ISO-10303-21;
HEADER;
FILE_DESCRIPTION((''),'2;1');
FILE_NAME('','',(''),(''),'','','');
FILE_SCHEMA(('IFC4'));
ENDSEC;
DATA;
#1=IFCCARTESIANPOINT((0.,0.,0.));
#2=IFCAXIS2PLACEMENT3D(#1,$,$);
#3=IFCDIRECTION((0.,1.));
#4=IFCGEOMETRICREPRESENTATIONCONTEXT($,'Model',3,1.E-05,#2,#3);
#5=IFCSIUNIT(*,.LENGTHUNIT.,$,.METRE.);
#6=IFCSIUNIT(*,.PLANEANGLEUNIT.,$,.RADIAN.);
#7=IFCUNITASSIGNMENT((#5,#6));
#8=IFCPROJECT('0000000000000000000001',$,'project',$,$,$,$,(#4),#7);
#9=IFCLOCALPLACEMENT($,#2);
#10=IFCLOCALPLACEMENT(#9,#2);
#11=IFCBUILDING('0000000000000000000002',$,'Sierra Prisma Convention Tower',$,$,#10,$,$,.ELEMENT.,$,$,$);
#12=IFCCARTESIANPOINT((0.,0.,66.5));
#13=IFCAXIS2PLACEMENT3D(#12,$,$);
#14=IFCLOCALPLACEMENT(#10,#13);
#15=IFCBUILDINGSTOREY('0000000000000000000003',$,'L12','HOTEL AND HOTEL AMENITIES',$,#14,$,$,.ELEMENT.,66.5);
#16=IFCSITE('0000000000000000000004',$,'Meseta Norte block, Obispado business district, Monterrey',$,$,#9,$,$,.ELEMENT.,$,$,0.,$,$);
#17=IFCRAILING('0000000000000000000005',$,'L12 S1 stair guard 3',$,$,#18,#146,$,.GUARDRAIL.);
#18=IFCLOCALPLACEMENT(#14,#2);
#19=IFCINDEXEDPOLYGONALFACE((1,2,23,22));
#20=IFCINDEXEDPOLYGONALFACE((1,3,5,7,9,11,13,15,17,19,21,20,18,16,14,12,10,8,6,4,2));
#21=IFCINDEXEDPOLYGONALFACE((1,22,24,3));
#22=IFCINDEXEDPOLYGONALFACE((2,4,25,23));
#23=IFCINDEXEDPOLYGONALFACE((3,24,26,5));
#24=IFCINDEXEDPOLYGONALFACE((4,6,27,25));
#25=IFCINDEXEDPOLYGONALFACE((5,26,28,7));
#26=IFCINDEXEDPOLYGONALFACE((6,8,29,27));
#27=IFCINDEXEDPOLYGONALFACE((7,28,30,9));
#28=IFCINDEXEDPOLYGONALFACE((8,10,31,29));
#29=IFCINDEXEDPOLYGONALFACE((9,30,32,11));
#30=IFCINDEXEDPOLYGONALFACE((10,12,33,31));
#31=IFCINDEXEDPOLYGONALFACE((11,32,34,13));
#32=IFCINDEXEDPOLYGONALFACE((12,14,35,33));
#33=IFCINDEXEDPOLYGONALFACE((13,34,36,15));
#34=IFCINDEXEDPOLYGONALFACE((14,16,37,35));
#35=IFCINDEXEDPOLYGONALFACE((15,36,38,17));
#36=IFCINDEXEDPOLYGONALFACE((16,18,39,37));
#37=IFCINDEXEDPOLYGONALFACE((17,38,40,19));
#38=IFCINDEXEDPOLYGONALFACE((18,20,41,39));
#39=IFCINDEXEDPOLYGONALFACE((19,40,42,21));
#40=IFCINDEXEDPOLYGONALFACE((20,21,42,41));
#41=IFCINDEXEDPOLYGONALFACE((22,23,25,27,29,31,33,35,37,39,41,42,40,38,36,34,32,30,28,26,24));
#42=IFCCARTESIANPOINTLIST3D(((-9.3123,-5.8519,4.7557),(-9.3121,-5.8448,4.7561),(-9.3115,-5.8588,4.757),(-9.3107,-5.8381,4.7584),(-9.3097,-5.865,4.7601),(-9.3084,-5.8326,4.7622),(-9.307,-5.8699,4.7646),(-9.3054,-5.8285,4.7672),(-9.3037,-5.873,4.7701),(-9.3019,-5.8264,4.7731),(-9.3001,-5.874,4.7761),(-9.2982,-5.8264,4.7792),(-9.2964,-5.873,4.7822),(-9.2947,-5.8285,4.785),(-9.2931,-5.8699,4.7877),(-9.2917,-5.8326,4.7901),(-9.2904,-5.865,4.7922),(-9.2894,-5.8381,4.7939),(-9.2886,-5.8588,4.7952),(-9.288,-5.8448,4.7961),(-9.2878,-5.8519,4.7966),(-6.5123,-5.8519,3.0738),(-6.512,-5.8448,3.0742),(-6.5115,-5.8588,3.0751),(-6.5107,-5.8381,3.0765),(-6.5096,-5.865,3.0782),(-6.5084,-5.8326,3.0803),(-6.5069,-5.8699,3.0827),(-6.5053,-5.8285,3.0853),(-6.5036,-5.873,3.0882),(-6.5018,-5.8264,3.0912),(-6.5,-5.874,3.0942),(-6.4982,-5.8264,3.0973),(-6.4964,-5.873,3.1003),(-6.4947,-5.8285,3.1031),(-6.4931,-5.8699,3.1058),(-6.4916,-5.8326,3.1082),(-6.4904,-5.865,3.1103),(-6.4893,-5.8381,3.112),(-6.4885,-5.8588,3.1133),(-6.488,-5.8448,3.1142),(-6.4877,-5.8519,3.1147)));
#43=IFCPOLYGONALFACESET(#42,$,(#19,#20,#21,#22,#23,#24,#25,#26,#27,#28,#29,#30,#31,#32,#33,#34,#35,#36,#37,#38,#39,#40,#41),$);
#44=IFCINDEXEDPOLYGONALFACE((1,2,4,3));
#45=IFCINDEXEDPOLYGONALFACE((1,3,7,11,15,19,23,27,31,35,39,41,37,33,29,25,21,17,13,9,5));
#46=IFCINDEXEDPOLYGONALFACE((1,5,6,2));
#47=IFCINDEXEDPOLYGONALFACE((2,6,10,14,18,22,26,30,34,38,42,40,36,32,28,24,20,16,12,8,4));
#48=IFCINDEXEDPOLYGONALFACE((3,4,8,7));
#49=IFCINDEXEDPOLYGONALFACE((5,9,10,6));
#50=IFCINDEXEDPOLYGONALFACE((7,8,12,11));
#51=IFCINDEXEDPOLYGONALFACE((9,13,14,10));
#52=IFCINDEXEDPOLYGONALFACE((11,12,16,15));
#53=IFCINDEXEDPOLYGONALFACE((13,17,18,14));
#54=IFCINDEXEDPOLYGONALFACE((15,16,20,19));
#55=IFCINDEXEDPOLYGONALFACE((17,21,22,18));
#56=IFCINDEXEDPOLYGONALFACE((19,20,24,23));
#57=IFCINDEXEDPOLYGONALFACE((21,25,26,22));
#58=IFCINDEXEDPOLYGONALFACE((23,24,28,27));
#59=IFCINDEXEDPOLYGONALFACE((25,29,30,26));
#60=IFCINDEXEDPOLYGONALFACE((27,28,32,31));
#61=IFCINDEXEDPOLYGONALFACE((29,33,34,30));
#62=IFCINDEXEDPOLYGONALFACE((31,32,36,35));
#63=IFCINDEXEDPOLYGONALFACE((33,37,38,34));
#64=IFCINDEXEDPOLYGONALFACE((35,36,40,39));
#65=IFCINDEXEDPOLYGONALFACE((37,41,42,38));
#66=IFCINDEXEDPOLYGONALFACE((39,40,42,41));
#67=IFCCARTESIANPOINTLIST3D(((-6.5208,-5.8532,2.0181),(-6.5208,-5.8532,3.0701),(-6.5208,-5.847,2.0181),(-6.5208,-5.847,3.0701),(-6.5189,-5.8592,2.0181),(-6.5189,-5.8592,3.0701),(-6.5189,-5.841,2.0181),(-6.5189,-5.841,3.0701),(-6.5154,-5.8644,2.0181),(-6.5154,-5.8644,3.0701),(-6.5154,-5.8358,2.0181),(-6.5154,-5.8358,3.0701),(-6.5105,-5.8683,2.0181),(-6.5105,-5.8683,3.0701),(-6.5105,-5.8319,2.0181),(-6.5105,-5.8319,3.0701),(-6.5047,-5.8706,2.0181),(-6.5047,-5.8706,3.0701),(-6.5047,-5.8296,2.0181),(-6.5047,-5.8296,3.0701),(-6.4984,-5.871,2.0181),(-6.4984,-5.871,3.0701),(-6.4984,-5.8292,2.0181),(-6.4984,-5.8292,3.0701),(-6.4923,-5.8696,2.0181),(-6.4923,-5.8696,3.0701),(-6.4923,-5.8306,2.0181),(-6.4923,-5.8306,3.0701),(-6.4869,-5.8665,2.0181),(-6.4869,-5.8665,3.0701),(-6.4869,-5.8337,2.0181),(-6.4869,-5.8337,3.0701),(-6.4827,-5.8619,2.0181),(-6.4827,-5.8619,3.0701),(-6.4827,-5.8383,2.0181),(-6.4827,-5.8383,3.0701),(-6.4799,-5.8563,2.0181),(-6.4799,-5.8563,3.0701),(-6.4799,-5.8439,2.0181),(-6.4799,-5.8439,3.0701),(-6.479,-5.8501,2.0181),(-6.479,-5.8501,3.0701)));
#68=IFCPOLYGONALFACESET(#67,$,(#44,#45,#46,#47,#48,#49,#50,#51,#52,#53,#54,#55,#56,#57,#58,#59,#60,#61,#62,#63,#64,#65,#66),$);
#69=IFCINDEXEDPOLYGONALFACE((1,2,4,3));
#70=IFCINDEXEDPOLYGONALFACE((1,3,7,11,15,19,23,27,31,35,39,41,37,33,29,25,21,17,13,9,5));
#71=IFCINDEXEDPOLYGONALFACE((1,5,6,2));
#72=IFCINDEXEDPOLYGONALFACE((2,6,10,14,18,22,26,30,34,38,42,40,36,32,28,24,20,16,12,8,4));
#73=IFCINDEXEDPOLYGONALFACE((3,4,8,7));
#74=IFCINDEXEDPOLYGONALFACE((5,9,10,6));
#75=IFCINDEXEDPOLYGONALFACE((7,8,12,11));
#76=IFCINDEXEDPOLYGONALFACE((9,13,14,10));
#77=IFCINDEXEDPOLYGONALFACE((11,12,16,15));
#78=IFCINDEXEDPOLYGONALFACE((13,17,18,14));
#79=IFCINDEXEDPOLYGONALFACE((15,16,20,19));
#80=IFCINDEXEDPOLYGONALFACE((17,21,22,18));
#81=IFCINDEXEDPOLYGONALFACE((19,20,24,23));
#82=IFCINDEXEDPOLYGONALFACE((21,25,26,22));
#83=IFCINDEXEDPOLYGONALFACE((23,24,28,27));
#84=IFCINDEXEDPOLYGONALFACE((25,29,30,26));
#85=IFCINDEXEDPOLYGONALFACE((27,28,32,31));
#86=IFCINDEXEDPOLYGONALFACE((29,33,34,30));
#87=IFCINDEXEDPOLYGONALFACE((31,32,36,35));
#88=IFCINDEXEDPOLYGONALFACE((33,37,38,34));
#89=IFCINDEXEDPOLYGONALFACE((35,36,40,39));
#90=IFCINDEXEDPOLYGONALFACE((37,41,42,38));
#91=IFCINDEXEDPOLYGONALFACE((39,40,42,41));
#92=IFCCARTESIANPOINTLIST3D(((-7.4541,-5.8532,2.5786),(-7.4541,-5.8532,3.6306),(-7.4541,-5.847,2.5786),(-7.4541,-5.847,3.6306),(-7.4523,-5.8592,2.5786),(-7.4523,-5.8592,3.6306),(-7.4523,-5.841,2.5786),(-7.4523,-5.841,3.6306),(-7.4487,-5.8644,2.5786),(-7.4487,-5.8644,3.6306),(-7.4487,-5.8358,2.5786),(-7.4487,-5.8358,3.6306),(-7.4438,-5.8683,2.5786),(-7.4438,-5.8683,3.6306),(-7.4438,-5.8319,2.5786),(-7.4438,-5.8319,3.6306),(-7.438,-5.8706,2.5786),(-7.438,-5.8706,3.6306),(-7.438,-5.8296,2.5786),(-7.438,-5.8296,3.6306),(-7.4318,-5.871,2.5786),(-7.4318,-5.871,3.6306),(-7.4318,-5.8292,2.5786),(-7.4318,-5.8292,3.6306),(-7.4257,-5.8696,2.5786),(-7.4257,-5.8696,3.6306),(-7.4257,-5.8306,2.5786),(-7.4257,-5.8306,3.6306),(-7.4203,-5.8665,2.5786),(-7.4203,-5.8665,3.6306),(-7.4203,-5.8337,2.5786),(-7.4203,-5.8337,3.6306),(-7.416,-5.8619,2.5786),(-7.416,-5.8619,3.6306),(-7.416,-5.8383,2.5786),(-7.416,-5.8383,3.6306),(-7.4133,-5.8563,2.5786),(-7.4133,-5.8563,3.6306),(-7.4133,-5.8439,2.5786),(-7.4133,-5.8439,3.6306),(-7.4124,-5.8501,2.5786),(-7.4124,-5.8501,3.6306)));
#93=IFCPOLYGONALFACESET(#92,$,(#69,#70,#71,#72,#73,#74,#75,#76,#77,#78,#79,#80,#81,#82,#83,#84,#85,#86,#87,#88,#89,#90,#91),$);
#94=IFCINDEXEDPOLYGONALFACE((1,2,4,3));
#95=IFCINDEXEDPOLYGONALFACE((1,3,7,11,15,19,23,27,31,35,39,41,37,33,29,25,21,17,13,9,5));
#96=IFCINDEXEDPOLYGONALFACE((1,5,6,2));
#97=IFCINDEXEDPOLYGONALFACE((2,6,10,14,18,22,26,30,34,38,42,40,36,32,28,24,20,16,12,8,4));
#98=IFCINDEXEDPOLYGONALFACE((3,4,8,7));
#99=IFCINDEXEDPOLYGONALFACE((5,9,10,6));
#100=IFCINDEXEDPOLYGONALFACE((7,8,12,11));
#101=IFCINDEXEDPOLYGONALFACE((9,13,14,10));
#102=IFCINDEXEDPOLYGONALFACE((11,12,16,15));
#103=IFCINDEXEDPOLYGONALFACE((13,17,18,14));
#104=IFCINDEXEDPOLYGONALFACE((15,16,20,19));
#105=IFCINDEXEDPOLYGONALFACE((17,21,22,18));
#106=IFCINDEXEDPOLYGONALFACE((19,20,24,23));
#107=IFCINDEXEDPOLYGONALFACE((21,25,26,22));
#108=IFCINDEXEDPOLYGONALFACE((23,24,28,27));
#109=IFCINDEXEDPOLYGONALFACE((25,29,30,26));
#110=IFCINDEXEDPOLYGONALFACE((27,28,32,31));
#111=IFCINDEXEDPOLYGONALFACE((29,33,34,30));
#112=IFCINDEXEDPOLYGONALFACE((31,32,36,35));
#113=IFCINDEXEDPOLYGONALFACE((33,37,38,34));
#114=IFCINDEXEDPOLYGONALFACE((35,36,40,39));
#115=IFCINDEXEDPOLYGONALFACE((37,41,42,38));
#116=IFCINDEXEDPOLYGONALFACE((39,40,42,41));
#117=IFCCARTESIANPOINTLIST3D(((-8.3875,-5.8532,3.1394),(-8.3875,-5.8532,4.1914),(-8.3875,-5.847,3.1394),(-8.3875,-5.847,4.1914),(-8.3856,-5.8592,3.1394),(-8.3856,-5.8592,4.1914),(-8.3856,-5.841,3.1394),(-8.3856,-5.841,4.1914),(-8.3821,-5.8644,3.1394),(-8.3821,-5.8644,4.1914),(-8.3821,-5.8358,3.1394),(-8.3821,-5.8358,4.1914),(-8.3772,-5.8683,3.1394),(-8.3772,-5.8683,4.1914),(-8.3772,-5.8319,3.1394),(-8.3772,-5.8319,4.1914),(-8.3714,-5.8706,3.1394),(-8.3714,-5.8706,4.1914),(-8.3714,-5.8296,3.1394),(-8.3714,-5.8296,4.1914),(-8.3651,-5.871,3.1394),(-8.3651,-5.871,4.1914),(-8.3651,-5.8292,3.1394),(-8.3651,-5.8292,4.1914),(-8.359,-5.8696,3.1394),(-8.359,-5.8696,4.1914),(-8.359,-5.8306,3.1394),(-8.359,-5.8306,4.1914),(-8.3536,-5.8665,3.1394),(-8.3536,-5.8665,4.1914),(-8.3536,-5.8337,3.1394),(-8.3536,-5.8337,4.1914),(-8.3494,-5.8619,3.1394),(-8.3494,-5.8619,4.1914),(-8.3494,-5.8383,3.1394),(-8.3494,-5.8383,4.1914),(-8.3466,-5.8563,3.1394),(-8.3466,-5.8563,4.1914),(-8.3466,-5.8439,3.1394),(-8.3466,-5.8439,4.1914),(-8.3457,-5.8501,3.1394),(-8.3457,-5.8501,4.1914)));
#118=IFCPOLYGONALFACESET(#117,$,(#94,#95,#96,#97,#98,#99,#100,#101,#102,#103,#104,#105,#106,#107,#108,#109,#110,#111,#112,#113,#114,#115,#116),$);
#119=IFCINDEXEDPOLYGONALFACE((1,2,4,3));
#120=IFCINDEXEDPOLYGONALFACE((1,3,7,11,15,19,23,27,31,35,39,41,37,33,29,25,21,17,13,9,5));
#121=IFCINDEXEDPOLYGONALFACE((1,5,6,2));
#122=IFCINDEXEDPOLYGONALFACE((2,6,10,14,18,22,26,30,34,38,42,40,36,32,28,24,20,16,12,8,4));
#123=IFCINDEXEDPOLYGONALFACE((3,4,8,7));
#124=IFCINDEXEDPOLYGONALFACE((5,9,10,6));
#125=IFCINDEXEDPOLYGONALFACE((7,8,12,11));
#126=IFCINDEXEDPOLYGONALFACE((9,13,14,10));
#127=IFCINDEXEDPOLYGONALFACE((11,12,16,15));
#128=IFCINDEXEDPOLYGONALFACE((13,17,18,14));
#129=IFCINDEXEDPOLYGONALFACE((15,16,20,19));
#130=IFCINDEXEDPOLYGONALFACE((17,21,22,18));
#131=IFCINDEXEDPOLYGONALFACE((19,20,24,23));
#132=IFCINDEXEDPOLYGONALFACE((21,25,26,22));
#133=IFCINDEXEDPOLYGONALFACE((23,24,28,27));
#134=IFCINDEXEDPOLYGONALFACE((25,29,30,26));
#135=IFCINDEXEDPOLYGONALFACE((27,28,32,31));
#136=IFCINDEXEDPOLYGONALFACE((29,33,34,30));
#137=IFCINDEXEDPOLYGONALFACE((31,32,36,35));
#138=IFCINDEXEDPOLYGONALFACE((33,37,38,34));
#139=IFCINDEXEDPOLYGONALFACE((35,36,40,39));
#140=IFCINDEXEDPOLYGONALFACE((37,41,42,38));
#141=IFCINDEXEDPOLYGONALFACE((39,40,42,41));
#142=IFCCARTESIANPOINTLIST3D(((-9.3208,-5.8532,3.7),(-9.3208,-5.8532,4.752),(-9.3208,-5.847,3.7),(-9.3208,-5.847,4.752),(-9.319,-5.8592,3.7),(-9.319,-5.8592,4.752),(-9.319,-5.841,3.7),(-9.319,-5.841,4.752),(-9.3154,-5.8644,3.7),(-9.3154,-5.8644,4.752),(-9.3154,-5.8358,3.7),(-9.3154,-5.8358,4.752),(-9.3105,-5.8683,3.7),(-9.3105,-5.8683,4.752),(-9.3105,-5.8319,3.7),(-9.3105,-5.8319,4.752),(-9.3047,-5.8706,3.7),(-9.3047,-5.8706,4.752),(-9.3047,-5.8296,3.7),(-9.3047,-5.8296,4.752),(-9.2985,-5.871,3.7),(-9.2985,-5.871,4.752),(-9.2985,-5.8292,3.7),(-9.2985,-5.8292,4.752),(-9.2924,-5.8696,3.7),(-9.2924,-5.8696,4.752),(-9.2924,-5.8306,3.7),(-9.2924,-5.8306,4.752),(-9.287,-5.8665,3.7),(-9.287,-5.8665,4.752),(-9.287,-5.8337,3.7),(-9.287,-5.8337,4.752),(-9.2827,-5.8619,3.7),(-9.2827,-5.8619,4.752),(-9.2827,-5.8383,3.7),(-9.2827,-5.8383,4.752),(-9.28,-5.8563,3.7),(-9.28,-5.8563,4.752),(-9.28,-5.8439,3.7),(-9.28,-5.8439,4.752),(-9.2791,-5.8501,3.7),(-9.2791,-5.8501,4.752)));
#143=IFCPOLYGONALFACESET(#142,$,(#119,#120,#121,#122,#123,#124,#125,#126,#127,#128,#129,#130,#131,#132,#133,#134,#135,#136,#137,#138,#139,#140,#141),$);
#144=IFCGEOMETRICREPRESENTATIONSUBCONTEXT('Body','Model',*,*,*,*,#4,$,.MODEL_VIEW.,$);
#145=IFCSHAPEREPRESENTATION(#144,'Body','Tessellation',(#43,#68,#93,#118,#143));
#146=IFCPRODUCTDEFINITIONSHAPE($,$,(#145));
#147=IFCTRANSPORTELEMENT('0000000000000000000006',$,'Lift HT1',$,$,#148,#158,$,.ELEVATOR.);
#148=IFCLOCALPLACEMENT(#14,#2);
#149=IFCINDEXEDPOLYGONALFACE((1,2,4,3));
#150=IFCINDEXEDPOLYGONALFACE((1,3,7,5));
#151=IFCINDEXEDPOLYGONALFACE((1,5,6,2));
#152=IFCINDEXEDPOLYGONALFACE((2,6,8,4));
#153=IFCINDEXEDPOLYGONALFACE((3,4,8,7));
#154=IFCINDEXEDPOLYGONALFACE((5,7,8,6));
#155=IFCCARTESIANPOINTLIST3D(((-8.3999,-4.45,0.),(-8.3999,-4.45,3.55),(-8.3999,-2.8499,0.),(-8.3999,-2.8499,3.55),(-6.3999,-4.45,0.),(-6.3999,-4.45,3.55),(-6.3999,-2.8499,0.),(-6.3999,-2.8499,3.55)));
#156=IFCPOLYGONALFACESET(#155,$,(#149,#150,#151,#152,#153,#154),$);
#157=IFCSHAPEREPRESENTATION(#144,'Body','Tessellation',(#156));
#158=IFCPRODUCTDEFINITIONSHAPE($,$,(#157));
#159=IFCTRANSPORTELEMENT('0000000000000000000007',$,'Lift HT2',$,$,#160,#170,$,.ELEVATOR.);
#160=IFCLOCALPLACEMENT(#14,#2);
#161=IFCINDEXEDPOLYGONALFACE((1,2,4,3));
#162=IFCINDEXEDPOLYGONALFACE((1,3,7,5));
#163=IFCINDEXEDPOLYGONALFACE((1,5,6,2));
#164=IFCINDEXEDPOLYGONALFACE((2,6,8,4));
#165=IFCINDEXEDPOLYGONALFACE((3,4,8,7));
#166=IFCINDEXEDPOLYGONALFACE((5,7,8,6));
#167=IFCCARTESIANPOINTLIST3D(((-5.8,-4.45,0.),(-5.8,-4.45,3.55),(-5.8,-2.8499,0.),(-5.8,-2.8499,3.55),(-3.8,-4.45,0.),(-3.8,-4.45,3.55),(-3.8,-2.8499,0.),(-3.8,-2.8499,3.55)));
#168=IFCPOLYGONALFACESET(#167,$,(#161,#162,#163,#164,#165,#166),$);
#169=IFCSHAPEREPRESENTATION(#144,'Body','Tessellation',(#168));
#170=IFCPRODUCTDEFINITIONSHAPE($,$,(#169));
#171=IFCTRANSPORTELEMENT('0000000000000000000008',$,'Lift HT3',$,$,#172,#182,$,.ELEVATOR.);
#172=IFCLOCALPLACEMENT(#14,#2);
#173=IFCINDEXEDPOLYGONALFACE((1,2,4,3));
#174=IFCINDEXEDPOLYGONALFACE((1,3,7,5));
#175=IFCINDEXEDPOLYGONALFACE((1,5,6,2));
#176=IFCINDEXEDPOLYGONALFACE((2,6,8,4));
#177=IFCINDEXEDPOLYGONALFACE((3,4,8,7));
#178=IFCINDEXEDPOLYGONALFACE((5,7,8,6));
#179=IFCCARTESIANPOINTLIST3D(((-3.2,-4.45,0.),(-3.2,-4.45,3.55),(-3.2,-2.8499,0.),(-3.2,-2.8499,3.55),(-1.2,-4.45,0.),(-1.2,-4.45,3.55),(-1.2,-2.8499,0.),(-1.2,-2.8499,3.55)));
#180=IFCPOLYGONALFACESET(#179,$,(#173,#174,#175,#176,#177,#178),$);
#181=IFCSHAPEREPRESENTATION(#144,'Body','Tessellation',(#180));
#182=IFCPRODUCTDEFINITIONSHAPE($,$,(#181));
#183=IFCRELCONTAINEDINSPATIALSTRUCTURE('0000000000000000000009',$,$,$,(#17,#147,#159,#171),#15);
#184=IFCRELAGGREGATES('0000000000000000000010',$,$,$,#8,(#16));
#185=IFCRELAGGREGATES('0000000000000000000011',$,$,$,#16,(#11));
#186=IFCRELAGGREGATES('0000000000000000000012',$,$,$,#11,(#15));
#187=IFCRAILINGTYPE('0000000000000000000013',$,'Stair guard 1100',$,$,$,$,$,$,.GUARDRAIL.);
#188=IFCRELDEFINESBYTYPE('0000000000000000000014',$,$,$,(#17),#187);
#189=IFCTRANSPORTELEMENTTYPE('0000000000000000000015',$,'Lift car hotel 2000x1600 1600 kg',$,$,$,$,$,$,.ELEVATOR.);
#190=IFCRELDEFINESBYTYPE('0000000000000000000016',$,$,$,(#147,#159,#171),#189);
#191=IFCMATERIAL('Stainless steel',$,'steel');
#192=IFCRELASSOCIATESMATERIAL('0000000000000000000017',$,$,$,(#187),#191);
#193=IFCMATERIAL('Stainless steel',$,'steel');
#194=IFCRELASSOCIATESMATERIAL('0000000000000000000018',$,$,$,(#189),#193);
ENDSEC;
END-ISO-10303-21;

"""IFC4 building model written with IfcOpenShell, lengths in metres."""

from ifc_helpers import new_model, si_unit, direction, frame, origin, origin_2d, place, context, subcontext, project, spatial, rectangle, circle, extrude, material, type_object, element, save


model = new_model("IFC4")

# Units and contexts
model_context = context("Model", 3, precision=1e-05, world=origin(), true_north=direction((0.0, 1.0)))
body_context = subcontext(model_context, "Body", "Model", "MODEL_VIEW")
ifc_project = project(units=[si_unit("LENGTHUNIT", "METRE"), si_unit("PLANEANGLEUNIT", "RADIAN")], contexts=[model_context])

# Site, building, storey
site_placement = place(None, origin())
site = spatial("IfcSite", under=ifc_project, at=site_placement, Name="Meseta Norte block, Obispado business district, Monterrey", CompositionType="ELEMENT", RefElevation=0.0)
building_placement = place(site_placement, origin())
building = spatial("IfcBuilding", under=site, at=building_placement, Name="Sierra Prisma Convention Tower", CompositionType="ELEMENT")
storey_placement = place(building_placement, frame((0.0, 0.0, 66.5)))
storey = spatial("IfcBuildingStorey", under=building, at=storey_placement, Name="L12", Description="HOTEL AND HOTEL AMENITIES", CompositionType="ELEMENT", Elevation=66.5)

# Railing
ifc_material_1 = material(Name="Stainless steel", Category="steel")
railing_type_1 = type_object("IfcRailingType", Name="Stair guard 1100", PredefinedType="GUARDRAIL", material=ifc_material_1)
railing_1_placement = place(storey_placement, frame((-6.5, -5.8501, 2.0181)))
element("IfcRailing", 1, at=railing_1_placement, inside=storey, type_object=railing_type_1, Name="L12 S1 stair guard 3", PredefinedType="GUARDRAIL", context=body_context, shape_type="SweptSolid", body=[
    extrude(circle(Radius=0.0239, at=origin_2d()), frame((0.0, 0.0, 1.0762), z_axis=(-0.857242, 0.0, 0.514913), x_axis=(0.0, -1.0, 0.0)), (0.0, 0.0, 1.0), 3.2664),
    extrude(circle(Radius=0.021, at=origin_2d()), origin(), (0.0, 0.0, 1.0), 1.052),
    extrude(circle(Radius=0.021, at=origin_2d()), frame((-0.9333, 0.0, 0.5605)), (0.0, 0.0, 1.0), 1.052),
    extrude(circle(Radius=0.021, at=origin_2d()), frame((-1.8667, 0.0, 1.1213)), (0.0, 0.0, 1.0), 1.052),
    extrude(circle(Radius=0.021, at=origin_2d()), frame((-2.8, 0.0, 1.6819)), (0.0, 0.0, 1.0), 1.052),
])

# Transport elements
ifc_material_2 = material(Name="Stainless steel", Category="steel")
transport_element_type = type_object("IfcTransportElementType", Name="Lift car hotel 2000x1600 1600 kg", PredefinedType="ELEVATOR", material=ifc_material_2)
for number, where, z_axis, x_axis, name in (
    (2, (-7.3999, -3.6499, 0.0), (0.0, 0.0, 1.0), (1.0, 0.0, 0.0), "Lift HT1"),
    (3, (-4.8, -3.6499, 0.0), (0.0, 0.0, 1.0), (1.0, 0.0, 0.0), "Lift HT2"),
    (4, (-2.2, -3.6499, 0.0), (0.0, 0.0, 1.0), (1.0, 0.0, 0.0), "Lift HT3"),
):
    element("IfcTransportElement", number, at=place(storey_placement, frame(where, z_axis=z_axis, x_axis=x_axis)), inside=storey, type_object=transport_element_type, Name=name, PredefinedType="ELEVATOR", context=body_context, shape_type="SweptSolid", body=[
        extrude(rectangle(XDim=2.0, YDim=1.6001, at=origin_2d()), origin(), (0.0, 0.0, 1.0), 3.55),
    ])

save(model, "model.ifc")
